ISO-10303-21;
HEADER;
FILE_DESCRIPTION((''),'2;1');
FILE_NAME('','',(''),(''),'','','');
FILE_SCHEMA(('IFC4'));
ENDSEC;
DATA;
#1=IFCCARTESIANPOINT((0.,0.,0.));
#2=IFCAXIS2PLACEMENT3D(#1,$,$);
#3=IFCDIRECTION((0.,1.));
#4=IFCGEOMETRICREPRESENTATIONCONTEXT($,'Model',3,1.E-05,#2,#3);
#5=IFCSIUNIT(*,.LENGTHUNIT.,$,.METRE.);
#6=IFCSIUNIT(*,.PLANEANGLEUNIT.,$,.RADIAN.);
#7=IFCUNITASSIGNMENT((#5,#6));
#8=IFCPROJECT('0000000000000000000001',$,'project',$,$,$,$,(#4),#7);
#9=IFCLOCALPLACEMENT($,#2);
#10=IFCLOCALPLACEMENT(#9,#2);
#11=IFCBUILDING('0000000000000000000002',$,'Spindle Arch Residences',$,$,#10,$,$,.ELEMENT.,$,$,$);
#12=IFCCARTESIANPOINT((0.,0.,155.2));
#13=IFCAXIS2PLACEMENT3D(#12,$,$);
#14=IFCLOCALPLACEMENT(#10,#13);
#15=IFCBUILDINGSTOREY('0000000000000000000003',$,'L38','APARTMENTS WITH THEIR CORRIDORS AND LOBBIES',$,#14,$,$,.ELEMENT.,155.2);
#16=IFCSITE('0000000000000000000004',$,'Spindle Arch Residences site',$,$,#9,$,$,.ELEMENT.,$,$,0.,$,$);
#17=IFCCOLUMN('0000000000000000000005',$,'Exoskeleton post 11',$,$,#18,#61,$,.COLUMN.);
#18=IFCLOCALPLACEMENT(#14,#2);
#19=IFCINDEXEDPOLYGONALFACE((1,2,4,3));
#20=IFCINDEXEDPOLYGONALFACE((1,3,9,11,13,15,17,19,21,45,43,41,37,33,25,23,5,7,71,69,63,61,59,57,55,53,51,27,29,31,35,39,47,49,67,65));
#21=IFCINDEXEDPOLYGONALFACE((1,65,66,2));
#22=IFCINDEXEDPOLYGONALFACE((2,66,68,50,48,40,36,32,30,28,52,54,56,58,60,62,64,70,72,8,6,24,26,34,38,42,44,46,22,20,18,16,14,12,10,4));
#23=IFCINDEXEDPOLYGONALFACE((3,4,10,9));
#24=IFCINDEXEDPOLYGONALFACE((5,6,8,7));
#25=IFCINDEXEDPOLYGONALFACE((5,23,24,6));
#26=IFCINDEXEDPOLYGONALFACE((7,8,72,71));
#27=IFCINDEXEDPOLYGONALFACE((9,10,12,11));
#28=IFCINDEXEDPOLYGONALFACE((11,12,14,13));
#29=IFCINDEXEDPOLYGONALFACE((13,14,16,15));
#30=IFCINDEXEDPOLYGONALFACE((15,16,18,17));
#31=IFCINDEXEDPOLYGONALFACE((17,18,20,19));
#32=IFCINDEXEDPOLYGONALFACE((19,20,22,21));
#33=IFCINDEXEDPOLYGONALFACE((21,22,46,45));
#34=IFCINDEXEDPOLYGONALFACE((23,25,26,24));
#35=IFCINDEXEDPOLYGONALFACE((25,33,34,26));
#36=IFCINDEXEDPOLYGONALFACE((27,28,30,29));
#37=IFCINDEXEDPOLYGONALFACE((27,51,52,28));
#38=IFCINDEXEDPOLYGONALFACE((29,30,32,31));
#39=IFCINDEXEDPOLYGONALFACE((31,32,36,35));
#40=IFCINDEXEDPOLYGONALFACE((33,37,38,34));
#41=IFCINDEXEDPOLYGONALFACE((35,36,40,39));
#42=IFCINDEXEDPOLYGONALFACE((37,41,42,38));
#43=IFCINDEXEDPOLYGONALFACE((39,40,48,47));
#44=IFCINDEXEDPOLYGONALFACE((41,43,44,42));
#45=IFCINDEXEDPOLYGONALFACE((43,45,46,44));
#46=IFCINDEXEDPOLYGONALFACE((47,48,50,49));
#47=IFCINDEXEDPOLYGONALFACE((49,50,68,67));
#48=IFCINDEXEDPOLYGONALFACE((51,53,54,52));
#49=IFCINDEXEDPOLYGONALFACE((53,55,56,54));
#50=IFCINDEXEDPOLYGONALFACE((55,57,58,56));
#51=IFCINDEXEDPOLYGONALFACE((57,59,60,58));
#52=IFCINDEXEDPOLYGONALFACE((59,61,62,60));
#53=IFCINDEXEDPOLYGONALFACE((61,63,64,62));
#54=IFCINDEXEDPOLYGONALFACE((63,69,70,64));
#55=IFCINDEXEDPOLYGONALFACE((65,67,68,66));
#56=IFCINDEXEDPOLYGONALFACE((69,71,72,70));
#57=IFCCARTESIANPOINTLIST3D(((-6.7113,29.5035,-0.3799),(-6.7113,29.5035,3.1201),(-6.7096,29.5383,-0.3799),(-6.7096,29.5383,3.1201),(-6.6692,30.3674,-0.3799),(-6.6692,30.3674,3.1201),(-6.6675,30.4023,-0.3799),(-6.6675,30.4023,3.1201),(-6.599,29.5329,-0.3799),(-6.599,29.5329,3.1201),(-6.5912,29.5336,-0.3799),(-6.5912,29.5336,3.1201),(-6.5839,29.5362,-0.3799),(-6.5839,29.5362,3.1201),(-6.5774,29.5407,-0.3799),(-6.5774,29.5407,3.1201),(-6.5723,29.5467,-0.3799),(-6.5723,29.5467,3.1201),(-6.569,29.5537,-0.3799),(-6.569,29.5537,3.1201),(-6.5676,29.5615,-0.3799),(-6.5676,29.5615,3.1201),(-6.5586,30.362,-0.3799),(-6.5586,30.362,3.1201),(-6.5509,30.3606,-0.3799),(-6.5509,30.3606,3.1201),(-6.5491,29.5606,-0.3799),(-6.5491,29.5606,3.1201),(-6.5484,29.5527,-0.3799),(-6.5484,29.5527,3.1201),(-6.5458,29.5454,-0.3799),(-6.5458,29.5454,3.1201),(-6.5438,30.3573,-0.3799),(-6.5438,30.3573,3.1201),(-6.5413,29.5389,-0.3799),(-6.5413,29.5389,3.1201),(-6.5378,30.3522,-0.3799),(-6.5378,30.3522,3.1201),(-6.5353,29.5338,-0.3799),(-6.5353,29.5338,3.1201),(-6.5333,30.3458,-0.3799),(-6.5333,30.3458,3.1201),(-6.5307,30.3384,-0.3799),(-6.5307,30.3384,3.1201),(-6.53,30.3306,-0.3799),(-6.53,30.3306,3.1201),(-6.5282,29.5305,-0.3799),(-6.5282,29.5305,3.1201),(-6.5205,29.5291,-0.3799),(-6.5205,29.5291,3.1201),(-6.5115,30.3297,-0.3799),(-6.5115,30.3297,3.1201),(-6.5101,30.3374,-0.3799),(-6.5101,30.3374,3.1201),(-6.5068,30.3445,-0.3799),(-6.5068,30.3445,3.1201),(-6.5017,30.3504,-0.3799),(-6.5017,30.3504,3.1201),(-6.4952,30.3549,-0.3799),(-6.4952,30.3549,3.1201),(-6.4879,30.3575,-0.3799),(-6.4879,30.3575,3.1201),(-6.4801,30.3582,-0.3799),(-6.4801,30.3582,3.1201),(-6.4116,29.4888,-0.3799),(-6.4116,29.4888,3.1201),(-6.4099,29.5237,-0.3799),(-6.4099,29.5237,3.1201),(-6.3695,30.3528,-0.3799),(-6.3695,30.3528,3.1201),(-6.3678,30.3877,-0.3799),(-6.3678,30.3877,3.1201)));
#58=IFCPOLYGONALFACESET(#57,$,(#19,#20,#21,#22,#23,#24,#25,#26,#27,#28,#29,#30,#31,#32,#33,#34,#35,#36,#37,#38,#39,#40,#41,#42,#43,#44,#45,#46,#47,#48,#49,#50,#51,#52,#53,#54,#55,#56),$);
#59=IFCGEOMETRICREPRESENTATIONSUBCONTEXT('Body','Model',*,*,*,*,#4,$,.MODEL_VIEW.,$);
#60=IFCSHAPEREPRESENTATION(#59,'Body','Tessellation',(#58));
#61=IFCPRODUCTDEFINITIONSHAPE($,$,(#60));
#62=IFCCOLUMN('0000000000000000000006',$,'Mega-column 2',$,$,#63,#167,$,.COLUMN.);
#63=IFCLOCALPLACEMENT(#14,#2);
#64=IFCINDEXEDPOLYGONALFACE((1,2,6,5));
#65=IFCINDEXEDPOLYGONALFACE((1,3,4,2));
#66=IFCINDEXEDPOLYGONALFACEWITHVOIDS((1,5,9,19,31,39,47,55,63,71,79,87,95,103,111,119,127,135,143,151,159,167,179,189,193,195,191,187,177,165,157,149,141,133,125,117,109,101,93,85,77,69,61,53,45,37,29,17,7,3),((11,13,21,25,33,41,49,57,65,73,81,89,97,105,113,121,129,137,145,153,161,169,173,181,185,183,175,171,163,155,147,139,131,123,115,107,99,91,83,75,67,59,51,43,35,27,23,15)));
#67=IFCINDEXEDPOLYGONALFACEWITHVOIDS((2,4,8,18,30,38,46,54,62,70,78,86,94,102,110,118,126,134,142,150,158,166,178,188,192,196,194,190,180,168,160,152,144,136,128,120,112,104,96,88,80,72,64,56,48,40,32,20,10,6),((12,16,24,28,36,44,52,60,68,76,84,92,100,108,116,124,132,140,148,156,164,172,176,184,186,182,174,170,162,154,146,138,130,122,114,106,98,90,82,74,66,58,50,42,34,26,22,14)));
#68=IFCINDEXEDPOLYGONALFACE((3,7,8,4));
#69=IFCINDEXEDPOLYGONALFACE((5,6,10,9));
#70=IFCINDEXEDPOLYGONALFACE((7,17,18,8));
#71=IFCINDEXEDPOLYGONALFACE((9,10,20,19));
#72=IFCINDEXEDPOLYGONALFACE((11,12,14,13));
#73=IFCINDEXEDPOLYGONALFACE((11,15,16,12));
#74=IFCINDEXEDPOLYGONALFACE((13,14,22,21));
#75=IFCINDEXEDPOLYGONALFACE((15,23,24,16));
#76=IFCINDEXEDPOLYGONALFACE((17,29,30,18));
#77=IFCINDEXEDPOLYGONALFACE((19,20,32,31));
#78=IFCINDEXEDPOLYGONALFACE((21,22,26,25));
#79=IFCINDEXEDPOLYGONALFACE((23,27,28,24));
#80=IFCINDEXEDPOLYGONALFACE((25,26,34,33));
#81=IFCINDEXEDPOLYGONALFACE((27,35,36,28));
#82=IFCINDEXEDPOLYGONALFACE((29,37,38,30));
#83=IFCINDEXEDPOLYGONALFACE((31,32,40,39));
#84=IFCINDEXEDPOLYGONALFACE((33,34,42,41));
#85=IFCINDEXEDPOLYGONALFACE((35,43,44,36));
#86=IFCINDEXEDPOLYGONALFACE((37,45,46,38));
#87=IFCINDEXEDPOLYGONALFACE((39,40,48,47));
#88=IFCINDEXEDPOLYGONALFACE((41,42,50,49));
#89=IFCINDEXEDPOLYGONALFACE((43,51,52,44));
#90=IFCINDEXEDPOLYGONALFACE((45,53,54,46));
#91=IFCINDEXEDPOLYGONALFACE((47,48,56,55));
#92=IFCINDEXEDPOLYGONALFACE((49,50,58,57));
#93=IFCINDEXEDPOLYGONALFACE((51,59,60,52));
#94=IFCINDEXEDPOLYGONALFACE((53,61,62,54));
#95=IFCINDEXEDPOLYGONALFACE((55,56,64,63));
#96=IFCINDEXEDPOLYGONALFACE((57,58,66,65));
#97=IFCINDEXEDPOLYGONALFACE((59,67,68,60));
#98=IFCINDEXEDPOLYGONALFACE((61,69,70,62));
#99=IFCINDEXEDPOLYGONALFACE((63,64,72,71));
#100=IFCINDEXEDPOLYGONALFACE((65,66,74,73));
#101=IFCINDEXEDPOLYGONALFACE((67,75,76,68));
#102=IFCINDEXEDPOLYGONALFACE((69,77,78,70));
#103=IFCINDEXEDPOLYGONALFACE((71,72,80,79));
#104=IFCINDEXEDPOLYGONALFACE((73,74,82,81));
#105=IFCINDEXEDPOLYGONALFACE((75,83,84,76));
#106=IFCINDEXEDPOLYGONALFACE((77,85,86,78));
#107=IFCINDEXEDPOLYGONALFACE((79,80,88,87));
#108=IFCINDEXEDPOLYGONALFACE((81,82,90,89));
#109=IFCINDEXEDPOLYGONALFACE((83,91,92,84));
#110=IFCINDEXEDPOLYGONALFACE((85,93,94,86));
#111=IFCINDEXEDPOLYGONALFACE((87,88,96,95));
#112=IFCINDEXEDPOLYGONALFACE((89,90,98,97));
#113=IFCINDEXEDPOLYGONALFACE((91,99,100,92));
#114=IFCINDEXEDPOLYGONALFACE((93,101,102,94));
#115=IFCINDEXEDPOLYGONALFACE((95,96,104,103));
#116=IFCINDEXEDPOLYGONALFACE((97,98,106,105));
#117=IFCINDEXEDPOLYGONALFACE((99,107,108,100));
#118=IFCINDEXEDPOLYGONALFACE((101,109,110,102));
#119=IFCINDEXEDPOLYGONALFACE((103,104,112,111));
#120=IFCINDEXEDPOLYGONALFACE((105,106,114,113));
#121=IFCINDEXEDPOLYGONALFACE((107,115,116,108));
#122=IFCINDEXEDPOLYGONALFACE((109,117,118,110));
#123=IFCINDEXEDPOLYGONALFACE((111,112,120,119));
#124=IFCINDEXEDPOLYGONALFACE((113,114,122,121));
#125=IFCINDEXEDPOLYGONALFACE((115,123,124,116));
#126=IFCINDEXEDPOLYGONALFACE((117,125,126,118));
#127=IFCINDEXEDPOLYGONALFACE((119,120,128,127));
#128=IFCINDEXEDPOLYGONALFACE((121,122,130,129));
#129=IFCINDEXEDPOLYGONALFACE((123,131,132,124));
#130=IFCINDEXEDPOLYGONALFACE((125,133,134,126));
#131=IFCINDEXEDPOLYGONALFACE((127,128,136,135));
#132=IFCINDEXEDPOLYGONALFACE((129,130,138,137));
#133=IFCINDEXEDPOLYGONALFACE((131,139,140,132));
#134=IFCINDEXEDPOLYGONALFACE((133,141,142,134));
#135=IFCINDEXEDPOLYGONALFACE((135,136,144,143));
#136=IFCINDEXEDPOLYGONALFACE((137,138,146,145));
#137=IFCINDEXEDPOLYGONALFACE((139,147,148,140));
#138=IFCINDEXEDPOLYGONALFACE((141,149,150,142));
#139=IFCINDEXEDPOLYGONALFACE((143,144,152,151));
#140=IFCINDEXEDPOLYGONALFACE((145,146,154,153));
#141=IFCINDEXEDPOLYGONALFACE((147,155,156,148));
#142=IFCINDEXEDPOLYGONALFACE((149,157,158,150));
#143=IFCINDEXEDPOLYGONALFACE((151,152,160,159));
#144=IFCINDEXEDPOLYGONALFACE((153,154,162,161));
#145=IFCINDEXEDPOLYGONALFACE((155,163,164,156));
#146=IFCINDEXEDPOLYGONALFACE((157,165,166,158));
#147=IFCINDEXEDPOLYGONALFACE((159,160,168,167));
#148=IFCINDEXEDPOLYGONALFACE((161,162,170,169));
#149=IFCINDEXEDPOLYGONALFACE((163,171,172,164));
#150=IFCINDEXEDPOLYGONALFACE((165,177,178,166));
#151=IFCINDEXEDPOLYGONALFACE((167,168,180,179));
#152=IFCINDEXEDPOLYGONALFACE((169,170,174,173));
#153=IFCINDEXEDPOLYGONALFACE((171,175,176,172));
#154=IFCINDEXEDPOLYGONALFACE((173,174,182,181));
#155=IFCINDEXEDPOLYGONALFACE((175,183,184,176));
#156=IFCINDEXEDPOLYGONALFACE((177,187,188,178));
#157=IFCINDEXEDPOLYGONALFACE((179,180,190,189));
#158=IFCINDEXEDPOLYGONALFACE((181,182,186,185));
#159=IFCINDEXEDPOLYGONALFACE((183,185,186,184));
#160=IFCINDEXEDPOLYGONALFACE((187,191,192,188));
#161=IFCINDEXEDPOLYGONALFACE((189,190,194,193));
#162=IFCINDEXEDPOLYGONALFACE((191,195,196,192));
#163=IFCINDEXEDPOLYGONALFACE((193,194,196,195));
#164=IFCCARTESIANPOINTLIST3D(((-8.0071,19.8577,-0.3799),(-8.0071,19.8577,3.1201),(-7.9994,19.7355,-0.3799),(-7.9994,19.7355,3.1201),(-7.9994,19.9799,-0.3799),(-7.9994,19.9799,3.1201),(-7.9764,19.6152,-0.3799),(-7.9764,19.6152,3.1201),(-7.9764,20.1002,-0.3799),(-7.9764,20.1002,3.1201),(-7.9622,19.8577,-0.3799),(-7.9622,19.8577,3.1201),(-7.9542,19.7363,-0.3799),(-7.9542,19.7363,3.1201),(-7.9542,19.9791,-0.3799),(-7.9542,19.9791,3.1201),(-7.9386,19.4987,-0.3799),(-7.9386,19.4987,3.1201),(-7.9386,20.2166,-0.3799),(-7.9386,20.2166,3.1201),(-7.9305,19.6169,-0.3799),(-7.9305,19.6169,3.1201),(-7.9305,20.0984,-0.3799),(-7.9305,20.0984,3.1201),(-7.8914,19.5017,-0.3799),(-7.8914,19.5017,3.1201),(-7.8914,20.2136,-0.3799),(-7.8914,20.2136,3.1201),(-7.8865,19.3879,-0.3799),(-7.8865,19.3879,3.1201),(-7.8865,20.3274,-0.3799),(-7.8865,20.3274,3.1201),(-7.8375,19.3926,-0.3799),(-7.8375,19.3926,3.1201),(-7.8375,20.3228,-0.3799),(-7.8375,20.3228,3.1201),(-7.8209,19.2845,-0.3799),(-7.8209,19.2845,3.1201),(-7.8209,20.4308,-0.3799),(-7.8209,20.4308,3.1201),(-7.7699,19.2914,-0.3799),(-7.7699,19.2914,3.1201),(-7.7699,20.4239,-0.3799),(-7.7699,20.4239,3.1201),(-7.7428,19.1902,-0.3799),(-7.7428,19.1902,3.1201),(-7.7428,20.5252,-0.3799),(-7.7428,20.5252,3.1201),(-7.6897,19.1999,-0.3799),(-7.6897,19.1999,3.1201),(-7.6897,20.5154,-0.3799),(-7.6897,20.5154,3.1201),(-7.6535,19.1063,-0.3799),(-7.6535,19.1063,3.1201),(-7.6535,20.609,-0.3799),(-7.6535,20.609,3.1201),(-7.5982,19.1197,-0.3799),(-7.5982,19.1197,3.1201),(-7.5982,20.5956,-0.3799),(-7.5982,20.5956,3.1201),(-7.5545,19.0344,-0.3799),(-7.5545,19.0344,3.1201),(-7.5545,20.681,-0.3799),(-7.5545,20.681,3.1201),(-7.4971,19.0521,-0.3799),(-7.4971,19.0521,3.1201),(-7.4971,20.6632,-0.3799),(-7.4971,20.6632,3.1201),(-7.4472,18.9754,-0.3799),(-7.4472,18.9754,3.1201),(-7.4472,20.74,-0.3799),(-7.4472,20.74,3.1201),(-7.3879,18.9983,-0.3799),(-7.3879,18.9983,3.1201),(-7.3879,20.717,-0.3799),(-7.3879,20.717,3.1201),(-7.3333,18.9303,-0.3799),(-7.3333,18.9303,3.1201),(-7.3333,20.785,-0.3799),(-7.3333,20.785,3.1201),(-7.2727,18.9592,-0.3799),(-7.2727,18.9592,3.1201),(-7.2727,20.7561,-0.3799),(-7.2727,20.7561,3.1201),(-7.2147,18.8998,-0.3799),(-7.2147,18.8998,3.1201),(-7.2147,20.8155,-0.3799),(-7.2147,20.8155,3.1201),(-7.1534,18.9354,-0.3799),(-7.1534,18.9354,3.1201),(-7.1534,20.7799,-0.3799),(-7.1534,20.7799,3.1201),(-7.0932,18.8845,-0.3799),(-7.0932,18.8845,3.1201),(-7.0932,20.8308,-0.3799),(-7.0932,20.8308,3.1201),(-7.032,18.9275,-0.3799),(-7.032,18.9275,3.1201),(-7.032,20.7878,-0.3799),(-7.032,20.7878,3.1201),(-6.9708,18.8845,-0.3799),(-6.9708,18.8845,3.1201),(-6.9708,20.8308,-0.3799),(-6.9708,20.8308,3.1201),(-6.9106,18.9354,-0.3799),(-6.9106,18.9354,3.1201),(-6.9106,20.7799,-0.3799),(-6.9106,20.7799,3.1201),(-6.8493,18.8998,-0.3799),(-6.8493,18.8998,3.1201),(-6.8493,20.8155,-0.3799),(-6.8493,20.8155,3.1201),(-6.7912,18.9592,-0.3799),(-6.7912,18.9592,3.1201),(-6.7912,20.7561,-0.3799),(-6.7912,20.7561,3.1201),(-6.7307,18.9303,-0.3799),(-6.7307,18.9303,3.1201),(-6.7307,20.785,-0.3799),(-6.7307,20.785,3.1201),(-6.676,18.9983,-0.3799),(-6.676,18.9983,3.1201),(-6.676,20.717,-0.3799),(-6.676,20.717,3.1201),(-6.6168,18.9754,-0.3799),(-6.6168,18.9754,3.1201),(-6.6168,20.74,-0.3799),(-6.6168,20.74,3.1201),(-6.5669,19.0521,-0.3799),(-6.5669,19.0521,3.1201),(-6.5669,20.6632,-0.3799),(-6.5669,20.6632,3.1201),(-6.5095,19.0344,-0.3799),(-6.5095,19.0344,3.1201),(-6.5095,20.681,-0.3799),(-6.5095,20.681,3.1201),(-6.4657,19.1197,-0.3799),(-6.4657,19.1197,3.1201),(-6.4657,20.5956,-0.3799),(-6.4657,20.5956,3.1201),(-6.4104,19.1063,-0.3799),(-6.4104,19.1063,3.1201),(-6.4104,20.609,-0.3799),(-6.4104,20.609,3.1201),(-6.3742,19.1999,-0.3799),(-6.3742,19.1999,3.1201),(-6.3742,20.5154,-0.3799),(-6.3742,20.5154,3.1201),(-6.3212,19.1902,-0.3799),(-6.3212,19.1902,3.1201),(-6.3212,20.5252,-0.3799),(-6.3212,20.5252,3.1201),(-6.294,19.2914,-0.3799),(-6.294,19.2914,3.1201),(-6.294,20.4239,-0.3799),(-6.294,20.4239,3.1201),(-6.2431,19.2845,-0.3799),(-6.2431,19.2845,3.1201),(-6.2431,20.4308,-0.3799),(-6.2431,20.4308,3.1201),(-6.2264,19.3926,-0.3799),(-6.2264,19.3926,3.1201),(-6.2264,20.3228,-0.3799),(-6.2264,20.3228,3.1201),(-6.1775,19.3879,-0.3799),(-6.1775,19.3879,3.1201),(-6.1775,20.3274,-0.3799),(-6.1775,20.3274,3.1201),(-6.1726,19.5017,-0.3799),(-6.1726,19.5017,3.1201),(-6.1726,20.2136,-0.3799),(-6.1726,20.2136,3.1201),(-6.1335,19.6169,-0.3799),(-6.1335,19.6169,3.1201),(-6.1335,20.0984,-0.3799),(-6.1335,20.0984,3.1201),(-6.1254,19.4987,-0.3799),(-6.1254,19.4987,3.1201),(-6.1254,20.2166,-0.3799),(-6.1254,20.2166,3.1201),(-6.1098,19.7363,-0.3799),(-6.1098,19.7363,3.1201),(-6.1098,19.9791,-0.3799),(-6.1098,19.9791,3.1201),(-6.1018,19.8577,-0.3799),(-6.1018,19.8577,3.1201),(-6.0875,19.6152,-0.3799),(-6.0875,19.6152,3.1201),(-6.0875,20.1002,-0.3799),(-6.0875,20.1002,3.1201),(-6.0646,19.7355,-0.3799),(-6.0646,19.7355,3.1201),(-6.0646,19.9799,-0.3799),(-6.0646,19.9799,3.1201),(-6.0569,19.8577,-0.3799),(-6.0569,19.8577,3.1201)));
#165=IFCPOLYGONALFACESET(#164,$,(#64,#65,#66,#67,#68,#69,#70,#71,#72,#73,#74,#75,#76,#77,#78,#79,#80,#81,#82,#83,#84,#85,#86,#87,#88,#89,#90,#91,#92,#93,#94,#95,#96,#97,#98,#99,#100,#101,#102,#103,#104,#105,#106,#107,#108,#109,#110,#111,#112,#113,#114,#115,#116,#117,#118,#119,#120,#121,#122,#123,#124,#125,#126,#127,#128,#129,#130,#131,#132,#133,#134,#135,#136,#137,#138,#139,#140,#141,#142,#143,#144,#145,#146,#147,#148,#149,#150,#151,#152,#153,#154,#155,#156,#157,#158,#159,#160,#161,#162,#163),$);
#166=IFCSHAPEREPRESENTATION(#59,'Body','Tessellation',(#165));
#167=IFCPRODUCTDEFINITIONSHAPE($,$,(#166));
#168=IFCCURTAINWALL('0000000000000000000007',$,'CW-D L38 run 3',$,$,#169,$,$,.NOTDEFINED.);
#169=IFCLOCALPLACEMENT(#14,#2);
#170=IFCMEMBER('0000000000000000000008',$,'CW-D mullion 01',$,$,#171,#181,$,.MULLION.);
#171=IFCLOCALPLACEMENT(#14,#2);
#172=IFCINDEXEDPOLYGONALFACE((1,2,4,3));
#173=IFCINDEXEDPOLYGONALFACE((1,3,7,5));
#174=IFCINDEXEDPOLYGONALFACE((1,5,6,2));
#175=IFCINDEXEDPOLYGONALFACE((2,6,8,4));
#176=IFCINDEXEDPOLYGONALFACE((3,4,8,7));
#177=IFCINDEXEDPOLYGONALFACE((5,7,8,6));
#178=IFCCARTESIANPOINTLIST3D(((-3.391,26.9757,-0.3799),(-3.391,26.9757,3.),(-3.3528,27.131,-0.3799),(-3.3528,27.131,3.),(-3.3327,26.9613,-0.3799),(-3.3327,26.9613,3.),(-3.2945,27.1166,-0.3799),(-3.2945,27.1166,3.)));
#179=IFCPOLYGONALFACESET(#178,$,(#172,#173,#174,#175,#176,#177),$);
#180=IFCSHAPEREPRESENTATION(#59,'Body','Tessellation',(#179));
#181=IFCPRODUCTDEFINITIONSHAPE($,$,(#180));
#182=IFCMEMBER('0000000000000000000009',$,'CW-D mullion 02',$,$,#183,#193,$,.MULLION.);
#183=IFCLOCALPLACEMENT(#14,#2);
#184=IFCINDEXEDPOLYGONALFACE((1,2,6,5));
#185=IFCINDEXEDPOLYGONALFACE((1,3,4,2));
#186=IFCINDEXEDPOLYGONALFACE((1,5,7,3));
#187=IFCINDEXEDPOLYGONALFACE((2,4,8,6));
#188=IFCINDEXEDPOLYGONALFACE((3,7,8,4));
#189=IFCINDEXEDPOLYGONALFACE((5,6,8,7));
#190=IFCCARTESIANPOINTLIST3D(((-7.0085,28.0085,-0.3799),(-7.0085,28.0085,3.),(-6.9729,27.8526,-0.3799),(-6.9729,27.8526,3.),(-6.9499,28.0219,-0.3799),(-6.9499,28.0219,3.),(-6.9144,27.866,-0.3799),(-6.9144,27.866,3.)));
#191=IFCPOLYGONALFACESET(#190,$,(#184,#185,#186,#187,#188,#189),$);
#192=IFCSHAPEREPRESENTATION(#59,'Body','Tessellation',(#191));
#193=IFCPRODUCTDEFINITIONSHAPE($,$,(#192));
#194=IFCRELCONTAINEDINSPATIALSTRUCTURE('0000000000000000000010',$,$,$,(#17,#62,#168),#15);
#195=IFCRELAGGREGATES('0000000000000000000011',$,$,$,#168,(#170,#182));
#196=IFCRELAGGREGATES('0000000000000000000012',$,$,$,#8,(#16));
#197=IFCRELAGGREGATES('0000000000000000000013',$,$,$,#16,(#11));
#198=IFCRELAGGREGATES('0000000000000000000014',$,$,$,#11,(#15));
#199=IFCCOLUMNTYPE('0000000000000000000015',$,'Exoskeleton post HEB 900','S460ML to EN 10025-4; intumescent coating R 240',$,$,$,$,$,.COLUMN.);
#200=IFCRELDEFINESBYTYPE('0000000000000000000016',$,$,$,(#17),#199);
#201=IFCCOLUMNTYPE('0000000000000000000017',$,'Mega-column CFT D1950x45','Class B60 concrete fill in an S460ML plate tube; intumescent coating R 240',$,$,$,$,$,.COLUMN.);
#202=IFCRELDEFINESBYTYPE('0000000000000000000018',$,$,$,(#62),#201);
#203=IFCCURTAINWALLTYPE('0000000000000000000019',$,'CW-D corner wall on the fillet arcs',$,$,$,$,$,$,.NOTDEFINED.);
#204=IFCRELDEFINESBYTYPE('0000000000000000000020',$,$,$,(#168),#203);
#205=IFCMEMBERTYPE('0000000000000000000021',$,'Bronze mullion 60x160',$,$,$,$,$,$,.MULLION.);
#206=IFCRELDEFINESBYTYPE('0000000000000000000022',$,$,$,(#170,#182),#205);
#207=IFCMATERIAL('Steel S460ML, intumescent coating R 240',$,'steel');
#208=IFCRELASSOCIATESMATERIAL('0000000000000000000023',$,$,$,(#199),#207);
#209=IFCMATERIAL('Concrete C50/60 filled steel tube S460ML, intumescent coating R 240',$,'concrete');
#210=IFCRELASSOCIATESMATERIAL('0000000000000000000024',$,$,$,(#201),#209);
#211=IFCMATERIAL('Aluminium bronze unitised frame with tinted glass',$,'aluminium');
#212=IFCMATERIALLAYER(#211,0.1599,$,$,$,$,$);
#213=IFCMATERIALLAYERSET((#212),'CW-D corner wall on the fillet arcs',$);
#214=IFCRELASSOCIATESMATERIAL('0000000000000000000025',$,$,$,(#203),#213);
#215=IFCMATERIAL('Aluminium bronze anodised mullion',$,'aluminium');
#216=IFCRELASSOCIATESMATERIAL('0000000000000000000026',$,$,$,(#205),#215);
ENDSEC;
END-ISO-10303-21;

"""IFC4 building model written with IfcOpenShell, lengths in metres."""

from ifc_helpers import new_model, si_unit, direction, frame, origin, origin_2d, place, context, subcontext, project, spatial, rectangle, hollow_circle, i_section, extrude, material, layer, layer_set, material_profile, profile_set, type_object, element, aggregate, save


model = new_model("IFC4")

# Units and contexts
model_context = context("Model", 3, precision=1e-05, world=origin(), true_north=direction((0.0, 1.0)))
body_context = subcontext(model_context, "Body", "Model", "MODEL_VIEW")
ifc_project = project(units=[si_unit("LENGTHUNIT", "METRE"), si_unit("PLANEANGLEUNIT", "RADIAN")], contexts=[model_context])

# Site, building, storey
site_placement = place(None, origin())
site = spatial("IfcSite", under=ifc_project, at=site_placement, Name="Spindle Arch Residences site", CompositionType="ELEMENT", RefElevation=0.0)
building_placement = place(site_placement, origin())
building = spatial("IfcBuilding", under=site, at=building_placement, Name="Spindle Arch Residences", CompositionType="ELEMENT")
storey_placement = place(building_placement, frame((0.0, 0.0, 155.2)))
storey = spatial("IfcBuildingStorey", under=building, at=storey_placement, Name="L38", Description="APARTMENTS WITH THEIR CORRIDORS AND LOBBIES", CompositionType="ELEMENT", Elevation=155.2)

# Columns
ifc_material_1 = material(Name="Steel S460ML, intumescent coating R 240", Category="steel")
ifc_material_profile_1 = material_profile(ifc_material_1, i_section(OverallWidth=0.3, OverallDepth=0.8999, WebThickness=0.0186, FlangeThickness=0.0349, FilletRadius=0.03, at=origin_2d()), Name="HEB 900")
ifc_profile_set_1 = profile_set([ifc_material_profile_1], Name="Steel S460ML, intumescent coating R 240")
column_type_1 = type_object("IfcColumnType", Name="Exoskeleton post HEB 900", Description="S460ML to EN 10025-4; intumescent coating R 240", PredefinedType="COLUMN", material=ifc_profile_set_1)
column_1_placement = place(storey_placement, frame((-6.5396, 29.9456, -0.3799), z_axis=(0.0, 0.0, 1.0), x_axis=(0.998811, -0.048754, 0.0)))
element("IfcColumn", 1, at=column_1_placement, inside=storey, type_object=column_type_1, Name="Exoskeleton post 11", PredefinedType="COLUMN", context=body_context, shape_type="SweptSolid", body=[
    extrude(i_section(OverallWidth=0.3, OverallDepth=0.8999, WebThickness=0.0186, FlangeThickness=0.0349, FilletRadius=0.03, at=origin_2d()), origin(), (0.0, 0.0, 1.0), 3.5),
])
ifc_material_2 = material(Name="Concrete C50/60 filled steel tube S460ML, intumescent coating R 240", Category="concrete")
ifc_material_profile_2 = material_profile(ifc_material_2, hollow_circle(Radius=0.9751, WallThickness=0.0449, at=origin_2d()), Name="CFT D1950x45")
ifc_profile_set_2 = profile_set([ifc_material_profile_2], Name="Concrete C50/60 filled steel tube S460ML, intumescent coating R 240")
column_type_2 = type_object("IfcColumnType", Name="Mega-column CFT D1950x45", Description="Class B60 concrete fill in an S460ML plate tube; intumescent coating R 240", PredefinedType="COLUMN", material=ifc_profile_set_2)
column_2_placement = place(storey_placement, frame((-7.032, 19.8577, -0.3799), z_axis=(0.0, 0.0, 1.0), x_axis=(1.0, 0.0, 0.0)))
element("IfcColumn", 2, at=column_2_placement, inside=storey, type_object=column_type_2, Name="Mega-column 2", PredefinedType="COLUMN", context=body_context, shape_type="SweptSolid", body=[
    extrude(hollow_circle(Radius=0.9751, WallThickness=0.0449, at=origin_2d()), origin(), (0.0, 0.0, 1.0), 3.5),
])

# Curtain wall, members
ifc_material_3 = material(Name="Aluminium bronze unitised frame with tinted glass", Category="aluminium")
ifc_layer_1 = layer(ifc_material_3, 0.1599)
ifc_layer_set_1 = layer_set([ifc_layer_1], Name="CW-D corner wall on the fillet arcs")
curtain_wall_type = type_object("IfcCurtainWallType", Name="CW-D corner wall on the fillet arcs", PredefinedType="NOTDEFINED", material=ifc_layer_set_1)
curtain_wall_placement = place(storey_placement, origin())
curtain_wall = element("IfcCurtainWall", 3, at=curtain_wall_placement, inside=storey, type_object=curtain_wall_type, Name="CW-D L38 run 3", PredefinedType="NOTDEFINED")
ifc_material_4 = material(Name="Aluminium bronze anodised mullion", Category="aluminium")
ifc_material_profile_3 = material_profile(ifc_material_4, rectangle(XDim=0.1599, YDim=0.0601, at=origin_2d()), Name="MU 60x160")
ifc_profile_set_3 = profile_set([ifc_material_profile_3], Name="Aluminium bronze anodised mullion")
member_type_1 = type_object("IfcMemberType", Name="Bronze mullion 60x160", PredefinedType="MULLION", material=ifc_profile_set_3)
member_1_placement = place(storey_placement, frame((-3.3428, 27.0461, -0.3799), z_axis=(0.0, 0.0, 1.0), x_axis=(-0.239098, -0.970995, 0.0)))
member_1 = element("IfcMember", 4, at=member_1_placement, type_object=member_type_1, Name="CW-D mullion 01", PredefinedType="MULLION", context=body_context, shape_type="SweptSolid", body=[
    extrude(rectangle(XDim=0.1599, YDim=0.0601, at=origin_2d()), origin(), (0.0, 0.0, 1.0), 3.3799),
])
member_2_placement = place(storey_placement, frame((-6.9614, 27.9373, -0.3799), z_axis=(0.0, 0.0, 1.0), x_axis=(0.222116, -0.97502, 0.0)))
member_2 = element("IfcMember", 5, at=member_2_placement, type_object=member_type_1, Name="CW-D mullion 02", PredefinedType="MULLION", context=body_context, shape_type="SweptSolid", body=[
    extrude(rectangle(XDim=0.1599, YDim=0.0601, at=origin_2d()), origin(), (0.0, 0.0, 1.0), 3.3799),
])

aggregate(curtain_wall, [member_1, member_2])

save(model, "model.ifc")
